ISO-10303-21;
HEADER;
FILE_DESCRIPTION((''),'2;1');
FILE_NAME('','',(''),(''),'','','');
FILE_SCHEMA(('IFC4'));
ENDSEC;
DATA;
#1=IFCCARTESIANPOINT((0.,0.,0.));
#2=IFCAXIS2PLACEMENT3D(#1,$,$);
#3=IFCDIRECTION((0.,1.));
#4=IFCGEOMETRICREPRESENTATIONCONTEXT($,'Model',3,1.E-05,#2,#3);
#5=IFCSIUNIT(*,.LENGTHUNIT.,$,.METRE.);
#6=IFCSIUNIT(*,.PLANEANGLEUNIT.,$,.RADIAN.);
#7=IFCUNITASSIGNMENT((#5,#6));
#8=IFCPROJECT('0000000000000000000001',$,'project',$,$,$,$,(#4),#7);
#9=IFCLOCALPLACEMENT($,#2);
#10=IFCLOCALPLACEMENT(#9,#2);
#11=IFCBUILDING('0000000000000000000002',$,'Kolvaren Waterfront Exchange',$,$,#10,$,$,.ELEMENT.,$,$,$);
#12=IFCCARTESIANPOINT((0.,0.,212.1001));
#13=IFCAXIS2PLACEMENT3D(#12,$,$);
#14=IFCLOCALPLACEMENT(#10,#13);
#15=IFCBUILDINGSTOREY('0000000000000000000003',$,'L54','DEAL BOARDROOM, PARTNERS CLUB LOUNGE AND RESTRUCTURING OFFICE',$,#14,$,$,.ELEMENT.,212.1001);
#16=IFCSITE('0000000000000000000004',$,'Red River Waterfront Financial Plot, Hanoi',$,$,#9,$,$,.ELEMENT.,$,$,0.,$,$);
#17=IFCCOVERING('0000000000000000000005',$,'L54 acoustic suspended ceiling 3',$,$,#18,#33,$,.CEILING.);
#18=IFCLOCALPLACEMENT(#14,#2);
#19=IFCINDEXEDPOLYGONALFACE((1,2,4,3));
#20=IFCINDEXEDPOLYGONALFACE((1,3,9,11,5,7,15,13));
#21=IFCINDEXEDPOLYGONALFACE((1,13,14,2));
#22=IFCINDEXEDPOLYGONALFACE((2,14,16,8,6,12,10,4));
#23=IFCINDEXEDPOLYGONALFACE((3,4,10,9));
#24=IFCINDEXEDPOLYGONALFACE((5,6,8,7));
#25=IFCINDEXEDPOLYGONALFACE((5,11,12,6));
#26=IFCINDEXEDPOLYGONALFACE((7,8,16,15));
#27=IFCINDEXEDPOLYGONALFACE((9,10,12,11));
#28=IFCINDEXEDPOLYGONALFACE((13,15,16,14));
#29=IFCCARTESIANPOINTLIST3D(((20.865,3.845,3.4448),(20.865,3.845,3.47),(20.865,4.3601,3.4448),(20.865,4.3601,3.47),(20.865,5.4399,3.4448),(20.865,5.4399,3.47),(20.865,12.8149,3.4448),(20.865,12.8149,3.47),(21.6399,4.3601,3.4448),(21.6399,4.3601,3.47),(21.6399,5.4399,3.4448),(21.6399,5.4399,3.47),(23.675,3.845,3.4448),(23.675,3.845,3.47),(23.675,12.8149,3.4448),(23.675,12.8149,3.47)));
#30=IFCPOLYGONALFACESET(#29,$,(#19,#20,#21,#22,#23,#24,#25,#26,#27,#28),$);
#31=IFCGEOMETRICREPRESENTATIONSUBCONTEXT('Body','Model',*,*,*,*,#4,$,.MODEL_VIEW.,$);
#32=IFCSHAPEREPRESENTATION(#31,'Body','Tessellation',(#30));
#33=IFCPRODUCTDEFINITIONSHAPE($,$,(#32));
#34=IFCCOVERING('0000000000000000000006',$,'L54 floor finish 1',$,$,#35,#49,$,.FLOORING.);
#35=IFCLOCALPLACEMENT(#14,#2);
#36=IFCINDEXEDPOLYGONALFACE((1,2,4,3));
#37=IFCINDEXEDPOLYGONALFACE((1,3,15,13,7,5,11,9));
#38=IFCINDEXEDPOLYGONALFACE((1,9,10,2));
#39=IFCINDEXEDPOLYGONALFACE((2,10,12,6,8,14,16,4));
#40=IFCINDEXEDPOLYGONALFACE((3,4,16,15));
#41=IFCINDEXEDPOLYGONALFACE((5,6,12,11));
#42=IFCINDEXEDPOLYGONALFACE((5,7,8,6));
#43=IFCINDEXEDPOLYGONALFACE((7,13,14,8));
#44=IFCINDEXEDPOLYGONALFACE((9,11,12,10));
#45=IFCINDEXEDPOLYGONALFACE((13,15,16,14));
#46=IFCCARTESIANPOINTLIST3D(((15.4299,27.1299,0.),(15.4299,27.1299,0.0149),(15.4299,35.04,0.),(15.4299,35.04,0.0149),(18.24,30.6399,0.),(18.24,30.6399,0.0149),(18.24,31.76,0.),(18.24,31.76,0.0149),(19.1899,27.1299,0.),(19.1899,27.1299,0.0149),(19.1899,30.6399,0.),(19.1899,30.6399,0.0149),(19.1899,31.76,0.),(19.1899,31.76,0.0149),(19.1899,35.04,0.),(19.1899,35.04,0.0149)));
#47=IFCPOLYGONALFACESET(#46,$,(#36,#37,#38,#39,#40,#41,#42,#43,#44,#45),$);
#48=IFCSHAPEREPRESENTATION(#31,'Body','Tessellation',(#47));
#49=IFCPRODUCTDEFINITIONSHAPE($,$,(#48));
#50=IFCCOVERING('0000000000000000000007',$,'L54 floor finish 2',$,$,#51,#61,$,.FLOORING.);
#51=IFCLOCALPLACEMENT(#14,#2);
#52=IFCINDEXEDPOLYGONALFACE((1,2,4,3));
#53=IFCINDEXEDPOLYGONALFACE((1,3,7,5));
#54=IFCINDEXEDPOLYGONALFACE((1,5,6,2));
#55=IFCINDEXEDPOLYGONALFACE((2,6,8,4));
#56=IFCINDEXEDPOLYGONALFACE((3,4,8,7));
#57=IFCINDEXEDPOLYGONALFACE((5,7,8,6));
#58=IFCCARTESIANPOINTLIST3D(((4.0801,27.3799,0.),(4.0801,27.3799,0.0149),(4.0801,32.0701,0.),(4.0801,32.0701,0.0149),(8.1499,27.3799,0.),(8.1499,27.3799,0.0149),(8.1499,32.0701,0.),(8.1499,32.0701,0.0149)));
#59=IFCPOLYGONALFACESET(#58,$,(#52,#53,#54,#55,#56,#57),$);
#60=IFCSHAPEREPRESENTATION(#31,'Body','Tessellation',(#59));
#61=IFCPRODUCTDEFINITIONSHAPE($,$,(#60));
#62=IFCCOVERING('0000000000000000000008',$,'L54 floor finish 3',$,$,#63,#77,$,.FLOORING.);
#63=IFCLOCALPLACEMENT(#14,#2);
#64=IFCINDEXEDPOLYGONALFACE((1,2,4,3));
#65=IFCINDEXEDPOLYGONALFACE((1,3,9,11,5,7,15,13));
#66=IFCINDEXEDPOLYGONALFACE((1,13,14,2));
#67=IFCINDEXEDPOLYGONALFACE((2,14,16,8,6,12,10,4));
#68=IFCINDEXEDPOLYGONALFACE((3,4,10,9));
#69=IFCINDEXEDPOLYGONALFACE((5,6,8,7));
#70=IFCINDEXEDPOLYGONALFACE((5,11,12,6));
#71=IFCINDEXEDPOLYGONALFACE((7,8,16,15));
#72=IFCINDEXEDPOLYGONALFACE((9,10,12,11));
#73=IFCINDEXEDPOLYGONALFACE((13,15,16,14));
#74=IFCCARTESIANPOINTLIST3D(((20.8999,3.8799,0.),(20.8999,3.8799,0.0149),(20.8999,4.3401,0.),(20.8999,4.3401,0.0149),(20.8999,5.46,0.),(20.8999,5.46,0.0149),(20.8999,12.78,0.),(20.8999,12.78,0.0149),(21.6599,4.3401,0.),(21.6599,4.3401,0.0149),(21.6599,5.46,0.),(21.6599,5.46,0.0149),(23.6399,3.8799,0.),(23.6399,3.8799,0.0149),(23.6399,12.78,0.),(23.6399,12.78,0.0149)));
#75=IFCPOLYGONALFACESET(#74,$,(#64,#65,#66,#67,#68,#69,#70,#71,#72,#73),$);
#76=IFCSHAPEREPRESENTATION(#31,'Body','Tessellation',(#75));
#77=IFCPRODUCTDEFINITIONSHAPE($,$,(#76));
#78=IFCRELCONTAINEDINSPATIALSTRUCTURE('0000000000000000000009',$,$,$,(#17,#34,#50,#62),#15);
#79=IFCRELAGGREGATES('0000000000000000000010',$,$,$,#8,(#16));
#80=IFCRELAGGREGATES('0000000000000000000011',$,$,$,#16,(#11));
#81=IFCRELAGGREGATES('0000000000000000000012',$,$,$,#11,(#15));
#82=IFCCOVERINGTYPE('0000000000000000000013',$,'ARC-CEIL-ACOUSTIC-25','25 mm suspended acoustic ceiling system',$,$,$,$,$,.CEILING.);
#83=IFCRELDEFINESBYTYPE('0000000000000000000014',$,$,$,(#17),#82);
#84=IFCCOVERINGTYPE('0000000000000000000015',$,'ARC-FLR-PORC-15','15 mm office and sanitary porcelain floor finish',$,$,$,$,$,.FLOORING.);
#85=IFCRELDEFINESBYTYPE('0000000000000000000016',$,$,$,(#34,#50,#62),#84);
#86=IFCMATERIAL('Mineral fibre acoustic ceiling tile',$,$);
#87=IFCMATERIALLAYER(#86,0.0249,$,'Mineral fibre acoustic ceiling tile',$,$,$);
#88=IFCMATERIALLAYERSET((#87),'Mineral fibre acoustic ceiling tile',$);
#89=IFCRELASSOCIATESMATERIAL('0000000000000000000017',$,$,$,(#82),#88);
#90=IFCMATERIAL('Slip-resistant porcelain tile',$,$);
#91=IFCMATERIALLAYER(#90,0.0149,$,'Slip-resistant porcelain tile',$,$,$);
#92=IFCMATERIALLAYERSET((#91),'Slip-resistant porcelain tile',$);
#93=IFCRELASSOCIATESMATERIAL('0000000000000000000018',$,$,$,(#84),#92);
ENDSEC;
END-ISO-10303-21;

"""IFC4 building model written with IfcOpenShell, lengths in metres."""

from ifc_helpers import new_model, si_unit, direction, frame, origin, place, context, subcontext, project, spatial, polyline, outline, extrude, material, layer, layer_set, type_object, element, save


model = new_model("IFC4")

# Units and contexts
model_context = context("Model", 3, precision=1e-05, world=origin(), true_north=direction((0.0, 1.0)))
body_context = subcontext(model_context, "Body", "Model", "MODEL_VIEW")
ifc_project = project(units=[si_unit("LENGTHUNIT", "METRE"), si_unit("PLANEANGLEUNIT", "RADIAN")], contexts=[model_context])

# Site, building, storey
site_placement = place(None, origin())
site = spatial("IfcSite", under=ifc_project, at=site_placement, Name="Red River Waterfront Financial Plot, Hanoi", CompositionType="ELEMENT", RefElevation=0.0)
building_placement = place(site_placement, origin())
building = spatial("IfcBuilding", under=site, at=building_placement, Name="Kolvaren Waterfront Exchange", CompositionType="ELEMENT")
storey_placement = place(building_placement, frame((0.0, 0.0, 212.1001)))
storey = spatial("IfcBuildingStorey", under=building, at=storey_placement, Name="L54", Description="DEAL BOARDROOM, PARTNERS CLUB LOUNGE AND RESTRUCTURING OFFICE", CompositionType="ELEMENT", Elevation=212.1001)

# Coverings
ifc_material_1 = material(Name="Mineral fibre acoustic ceiling tile")
ifc_layer_1 = layer(ifc_material_1, 0.0249, Name="Mineral fibre acoustic ceiling tile")
ifc_layer_set_1 = layer_set([ifc_layer_1], Name="Mineral fibre acoustic ceiling tile")
covering_type_1 = type_object("IfcCoveringType", Name="ARC-CEIL-ACOUSTIC-25", Description="25 mm suspended acoustic ceiling system", PredefinedType="CEILING", material=ifc_layer_set_1)
covering_1_placement = place(storey_placement, frame((0.0, 0.0, 3.4448)))
element("IfcCovering", 1, at=covering_1_placement, inside=storey, type_object=covering_type_1, Name="L54 acoustic suspended ceiling 3", PredefinedType="CEILING", context=body_context, shape_type="SweptSolid", body=[
    extrude(outline(polyline([(20.865, 5.4399), (21.6399, 5.4399), (21.6399, 4.3601), (20.865, 4.3601), (20.865, 3.845), (23.675, 3.845), (23.675, 12.8149), (20.865, 12.8149), (20.865, 5.4399)])), origin(), (0.0, 0.0, 1.0), 0.0251),
])
ifc_material_2 = material(Name="Slip-resistant porcelain tile")
ifc_layer_2 = layer(ifc_material_2, 0.0149, Name="Slip-resistant porcelain tile")
ifc_layer_set_2 = layer_set([ifc_layer_2], Name="Slip-resistant porcelain tile")
covering_type_2 = type_object("IfcCoveringType", Name="ARC-FLR-PORC-15", Description="15 mm office and sanitary porcelain floor finish", PredefinedType="FLOORING", material=ifc_layer_set_2)
covering_2_placement = place(storey_placement, origin())
element("IfcCovering", 2, at=covering_2_placement, inside=storey, type_object=covering_type_2, Name="L54 floor finish 1", PredefinedType="FLOORING", context=body_context, shape_type="SweptSolid", body=[
    extrude(outline(polyline([(15.4299, 35.04), (15.4299, 27.1299), (19.1899, 27.1299), (19.1899, 30.6399), (18.24, 30.6399), (18.24, 31.76), (19.1899, 31.76), (19.1899, 35.04), (15.4299, 35.04)])), origin(), (0.0, 0.0, 1.0), 0.0149),
])
covering_3_placement = place(storey_placement, origin())
element("IfcCovering", 3, at=covering_3_placement, inside=storey, type_object=covering_type_2, Name="L54 floor finish 2", PredefinedType="FLOORING", context=body_context, shape_type="SweptSolid", body=[
    extrude(outline(polyline([(4.0801, 32.0701), (4.0801, 27.3799), (8.1499, 27.3799), (8.1499, 32.0701), (4.0801, 32.0701)])), origin(), (0.0, 0.0, 1.0), 0.0149),
])
covering_4_placement = place(storey_placement, origin())
element("IfcCovering", 4, at=covering_4_placement, inside=storey, type_object=covering_type_2, Name="L54 floor finish 3", PredefinedType="FLOORING", context=body_context, shape_type="SweptSolid", body=[
    extrude(outline(polyline([(20.8999, 4.3401), (20.8999, 3.8799), (23.6399, 3.8799), (23.6399, 12.78), (20.8999, 12.78), (20.8999, 5.46), (21.6599, 5.46), (21.6599, 4.3401), (20.8999, 4.3401)])), origin(), (0.0, 0.0, 1.0), 0.0149),
])

save(model, "model.ifc")
